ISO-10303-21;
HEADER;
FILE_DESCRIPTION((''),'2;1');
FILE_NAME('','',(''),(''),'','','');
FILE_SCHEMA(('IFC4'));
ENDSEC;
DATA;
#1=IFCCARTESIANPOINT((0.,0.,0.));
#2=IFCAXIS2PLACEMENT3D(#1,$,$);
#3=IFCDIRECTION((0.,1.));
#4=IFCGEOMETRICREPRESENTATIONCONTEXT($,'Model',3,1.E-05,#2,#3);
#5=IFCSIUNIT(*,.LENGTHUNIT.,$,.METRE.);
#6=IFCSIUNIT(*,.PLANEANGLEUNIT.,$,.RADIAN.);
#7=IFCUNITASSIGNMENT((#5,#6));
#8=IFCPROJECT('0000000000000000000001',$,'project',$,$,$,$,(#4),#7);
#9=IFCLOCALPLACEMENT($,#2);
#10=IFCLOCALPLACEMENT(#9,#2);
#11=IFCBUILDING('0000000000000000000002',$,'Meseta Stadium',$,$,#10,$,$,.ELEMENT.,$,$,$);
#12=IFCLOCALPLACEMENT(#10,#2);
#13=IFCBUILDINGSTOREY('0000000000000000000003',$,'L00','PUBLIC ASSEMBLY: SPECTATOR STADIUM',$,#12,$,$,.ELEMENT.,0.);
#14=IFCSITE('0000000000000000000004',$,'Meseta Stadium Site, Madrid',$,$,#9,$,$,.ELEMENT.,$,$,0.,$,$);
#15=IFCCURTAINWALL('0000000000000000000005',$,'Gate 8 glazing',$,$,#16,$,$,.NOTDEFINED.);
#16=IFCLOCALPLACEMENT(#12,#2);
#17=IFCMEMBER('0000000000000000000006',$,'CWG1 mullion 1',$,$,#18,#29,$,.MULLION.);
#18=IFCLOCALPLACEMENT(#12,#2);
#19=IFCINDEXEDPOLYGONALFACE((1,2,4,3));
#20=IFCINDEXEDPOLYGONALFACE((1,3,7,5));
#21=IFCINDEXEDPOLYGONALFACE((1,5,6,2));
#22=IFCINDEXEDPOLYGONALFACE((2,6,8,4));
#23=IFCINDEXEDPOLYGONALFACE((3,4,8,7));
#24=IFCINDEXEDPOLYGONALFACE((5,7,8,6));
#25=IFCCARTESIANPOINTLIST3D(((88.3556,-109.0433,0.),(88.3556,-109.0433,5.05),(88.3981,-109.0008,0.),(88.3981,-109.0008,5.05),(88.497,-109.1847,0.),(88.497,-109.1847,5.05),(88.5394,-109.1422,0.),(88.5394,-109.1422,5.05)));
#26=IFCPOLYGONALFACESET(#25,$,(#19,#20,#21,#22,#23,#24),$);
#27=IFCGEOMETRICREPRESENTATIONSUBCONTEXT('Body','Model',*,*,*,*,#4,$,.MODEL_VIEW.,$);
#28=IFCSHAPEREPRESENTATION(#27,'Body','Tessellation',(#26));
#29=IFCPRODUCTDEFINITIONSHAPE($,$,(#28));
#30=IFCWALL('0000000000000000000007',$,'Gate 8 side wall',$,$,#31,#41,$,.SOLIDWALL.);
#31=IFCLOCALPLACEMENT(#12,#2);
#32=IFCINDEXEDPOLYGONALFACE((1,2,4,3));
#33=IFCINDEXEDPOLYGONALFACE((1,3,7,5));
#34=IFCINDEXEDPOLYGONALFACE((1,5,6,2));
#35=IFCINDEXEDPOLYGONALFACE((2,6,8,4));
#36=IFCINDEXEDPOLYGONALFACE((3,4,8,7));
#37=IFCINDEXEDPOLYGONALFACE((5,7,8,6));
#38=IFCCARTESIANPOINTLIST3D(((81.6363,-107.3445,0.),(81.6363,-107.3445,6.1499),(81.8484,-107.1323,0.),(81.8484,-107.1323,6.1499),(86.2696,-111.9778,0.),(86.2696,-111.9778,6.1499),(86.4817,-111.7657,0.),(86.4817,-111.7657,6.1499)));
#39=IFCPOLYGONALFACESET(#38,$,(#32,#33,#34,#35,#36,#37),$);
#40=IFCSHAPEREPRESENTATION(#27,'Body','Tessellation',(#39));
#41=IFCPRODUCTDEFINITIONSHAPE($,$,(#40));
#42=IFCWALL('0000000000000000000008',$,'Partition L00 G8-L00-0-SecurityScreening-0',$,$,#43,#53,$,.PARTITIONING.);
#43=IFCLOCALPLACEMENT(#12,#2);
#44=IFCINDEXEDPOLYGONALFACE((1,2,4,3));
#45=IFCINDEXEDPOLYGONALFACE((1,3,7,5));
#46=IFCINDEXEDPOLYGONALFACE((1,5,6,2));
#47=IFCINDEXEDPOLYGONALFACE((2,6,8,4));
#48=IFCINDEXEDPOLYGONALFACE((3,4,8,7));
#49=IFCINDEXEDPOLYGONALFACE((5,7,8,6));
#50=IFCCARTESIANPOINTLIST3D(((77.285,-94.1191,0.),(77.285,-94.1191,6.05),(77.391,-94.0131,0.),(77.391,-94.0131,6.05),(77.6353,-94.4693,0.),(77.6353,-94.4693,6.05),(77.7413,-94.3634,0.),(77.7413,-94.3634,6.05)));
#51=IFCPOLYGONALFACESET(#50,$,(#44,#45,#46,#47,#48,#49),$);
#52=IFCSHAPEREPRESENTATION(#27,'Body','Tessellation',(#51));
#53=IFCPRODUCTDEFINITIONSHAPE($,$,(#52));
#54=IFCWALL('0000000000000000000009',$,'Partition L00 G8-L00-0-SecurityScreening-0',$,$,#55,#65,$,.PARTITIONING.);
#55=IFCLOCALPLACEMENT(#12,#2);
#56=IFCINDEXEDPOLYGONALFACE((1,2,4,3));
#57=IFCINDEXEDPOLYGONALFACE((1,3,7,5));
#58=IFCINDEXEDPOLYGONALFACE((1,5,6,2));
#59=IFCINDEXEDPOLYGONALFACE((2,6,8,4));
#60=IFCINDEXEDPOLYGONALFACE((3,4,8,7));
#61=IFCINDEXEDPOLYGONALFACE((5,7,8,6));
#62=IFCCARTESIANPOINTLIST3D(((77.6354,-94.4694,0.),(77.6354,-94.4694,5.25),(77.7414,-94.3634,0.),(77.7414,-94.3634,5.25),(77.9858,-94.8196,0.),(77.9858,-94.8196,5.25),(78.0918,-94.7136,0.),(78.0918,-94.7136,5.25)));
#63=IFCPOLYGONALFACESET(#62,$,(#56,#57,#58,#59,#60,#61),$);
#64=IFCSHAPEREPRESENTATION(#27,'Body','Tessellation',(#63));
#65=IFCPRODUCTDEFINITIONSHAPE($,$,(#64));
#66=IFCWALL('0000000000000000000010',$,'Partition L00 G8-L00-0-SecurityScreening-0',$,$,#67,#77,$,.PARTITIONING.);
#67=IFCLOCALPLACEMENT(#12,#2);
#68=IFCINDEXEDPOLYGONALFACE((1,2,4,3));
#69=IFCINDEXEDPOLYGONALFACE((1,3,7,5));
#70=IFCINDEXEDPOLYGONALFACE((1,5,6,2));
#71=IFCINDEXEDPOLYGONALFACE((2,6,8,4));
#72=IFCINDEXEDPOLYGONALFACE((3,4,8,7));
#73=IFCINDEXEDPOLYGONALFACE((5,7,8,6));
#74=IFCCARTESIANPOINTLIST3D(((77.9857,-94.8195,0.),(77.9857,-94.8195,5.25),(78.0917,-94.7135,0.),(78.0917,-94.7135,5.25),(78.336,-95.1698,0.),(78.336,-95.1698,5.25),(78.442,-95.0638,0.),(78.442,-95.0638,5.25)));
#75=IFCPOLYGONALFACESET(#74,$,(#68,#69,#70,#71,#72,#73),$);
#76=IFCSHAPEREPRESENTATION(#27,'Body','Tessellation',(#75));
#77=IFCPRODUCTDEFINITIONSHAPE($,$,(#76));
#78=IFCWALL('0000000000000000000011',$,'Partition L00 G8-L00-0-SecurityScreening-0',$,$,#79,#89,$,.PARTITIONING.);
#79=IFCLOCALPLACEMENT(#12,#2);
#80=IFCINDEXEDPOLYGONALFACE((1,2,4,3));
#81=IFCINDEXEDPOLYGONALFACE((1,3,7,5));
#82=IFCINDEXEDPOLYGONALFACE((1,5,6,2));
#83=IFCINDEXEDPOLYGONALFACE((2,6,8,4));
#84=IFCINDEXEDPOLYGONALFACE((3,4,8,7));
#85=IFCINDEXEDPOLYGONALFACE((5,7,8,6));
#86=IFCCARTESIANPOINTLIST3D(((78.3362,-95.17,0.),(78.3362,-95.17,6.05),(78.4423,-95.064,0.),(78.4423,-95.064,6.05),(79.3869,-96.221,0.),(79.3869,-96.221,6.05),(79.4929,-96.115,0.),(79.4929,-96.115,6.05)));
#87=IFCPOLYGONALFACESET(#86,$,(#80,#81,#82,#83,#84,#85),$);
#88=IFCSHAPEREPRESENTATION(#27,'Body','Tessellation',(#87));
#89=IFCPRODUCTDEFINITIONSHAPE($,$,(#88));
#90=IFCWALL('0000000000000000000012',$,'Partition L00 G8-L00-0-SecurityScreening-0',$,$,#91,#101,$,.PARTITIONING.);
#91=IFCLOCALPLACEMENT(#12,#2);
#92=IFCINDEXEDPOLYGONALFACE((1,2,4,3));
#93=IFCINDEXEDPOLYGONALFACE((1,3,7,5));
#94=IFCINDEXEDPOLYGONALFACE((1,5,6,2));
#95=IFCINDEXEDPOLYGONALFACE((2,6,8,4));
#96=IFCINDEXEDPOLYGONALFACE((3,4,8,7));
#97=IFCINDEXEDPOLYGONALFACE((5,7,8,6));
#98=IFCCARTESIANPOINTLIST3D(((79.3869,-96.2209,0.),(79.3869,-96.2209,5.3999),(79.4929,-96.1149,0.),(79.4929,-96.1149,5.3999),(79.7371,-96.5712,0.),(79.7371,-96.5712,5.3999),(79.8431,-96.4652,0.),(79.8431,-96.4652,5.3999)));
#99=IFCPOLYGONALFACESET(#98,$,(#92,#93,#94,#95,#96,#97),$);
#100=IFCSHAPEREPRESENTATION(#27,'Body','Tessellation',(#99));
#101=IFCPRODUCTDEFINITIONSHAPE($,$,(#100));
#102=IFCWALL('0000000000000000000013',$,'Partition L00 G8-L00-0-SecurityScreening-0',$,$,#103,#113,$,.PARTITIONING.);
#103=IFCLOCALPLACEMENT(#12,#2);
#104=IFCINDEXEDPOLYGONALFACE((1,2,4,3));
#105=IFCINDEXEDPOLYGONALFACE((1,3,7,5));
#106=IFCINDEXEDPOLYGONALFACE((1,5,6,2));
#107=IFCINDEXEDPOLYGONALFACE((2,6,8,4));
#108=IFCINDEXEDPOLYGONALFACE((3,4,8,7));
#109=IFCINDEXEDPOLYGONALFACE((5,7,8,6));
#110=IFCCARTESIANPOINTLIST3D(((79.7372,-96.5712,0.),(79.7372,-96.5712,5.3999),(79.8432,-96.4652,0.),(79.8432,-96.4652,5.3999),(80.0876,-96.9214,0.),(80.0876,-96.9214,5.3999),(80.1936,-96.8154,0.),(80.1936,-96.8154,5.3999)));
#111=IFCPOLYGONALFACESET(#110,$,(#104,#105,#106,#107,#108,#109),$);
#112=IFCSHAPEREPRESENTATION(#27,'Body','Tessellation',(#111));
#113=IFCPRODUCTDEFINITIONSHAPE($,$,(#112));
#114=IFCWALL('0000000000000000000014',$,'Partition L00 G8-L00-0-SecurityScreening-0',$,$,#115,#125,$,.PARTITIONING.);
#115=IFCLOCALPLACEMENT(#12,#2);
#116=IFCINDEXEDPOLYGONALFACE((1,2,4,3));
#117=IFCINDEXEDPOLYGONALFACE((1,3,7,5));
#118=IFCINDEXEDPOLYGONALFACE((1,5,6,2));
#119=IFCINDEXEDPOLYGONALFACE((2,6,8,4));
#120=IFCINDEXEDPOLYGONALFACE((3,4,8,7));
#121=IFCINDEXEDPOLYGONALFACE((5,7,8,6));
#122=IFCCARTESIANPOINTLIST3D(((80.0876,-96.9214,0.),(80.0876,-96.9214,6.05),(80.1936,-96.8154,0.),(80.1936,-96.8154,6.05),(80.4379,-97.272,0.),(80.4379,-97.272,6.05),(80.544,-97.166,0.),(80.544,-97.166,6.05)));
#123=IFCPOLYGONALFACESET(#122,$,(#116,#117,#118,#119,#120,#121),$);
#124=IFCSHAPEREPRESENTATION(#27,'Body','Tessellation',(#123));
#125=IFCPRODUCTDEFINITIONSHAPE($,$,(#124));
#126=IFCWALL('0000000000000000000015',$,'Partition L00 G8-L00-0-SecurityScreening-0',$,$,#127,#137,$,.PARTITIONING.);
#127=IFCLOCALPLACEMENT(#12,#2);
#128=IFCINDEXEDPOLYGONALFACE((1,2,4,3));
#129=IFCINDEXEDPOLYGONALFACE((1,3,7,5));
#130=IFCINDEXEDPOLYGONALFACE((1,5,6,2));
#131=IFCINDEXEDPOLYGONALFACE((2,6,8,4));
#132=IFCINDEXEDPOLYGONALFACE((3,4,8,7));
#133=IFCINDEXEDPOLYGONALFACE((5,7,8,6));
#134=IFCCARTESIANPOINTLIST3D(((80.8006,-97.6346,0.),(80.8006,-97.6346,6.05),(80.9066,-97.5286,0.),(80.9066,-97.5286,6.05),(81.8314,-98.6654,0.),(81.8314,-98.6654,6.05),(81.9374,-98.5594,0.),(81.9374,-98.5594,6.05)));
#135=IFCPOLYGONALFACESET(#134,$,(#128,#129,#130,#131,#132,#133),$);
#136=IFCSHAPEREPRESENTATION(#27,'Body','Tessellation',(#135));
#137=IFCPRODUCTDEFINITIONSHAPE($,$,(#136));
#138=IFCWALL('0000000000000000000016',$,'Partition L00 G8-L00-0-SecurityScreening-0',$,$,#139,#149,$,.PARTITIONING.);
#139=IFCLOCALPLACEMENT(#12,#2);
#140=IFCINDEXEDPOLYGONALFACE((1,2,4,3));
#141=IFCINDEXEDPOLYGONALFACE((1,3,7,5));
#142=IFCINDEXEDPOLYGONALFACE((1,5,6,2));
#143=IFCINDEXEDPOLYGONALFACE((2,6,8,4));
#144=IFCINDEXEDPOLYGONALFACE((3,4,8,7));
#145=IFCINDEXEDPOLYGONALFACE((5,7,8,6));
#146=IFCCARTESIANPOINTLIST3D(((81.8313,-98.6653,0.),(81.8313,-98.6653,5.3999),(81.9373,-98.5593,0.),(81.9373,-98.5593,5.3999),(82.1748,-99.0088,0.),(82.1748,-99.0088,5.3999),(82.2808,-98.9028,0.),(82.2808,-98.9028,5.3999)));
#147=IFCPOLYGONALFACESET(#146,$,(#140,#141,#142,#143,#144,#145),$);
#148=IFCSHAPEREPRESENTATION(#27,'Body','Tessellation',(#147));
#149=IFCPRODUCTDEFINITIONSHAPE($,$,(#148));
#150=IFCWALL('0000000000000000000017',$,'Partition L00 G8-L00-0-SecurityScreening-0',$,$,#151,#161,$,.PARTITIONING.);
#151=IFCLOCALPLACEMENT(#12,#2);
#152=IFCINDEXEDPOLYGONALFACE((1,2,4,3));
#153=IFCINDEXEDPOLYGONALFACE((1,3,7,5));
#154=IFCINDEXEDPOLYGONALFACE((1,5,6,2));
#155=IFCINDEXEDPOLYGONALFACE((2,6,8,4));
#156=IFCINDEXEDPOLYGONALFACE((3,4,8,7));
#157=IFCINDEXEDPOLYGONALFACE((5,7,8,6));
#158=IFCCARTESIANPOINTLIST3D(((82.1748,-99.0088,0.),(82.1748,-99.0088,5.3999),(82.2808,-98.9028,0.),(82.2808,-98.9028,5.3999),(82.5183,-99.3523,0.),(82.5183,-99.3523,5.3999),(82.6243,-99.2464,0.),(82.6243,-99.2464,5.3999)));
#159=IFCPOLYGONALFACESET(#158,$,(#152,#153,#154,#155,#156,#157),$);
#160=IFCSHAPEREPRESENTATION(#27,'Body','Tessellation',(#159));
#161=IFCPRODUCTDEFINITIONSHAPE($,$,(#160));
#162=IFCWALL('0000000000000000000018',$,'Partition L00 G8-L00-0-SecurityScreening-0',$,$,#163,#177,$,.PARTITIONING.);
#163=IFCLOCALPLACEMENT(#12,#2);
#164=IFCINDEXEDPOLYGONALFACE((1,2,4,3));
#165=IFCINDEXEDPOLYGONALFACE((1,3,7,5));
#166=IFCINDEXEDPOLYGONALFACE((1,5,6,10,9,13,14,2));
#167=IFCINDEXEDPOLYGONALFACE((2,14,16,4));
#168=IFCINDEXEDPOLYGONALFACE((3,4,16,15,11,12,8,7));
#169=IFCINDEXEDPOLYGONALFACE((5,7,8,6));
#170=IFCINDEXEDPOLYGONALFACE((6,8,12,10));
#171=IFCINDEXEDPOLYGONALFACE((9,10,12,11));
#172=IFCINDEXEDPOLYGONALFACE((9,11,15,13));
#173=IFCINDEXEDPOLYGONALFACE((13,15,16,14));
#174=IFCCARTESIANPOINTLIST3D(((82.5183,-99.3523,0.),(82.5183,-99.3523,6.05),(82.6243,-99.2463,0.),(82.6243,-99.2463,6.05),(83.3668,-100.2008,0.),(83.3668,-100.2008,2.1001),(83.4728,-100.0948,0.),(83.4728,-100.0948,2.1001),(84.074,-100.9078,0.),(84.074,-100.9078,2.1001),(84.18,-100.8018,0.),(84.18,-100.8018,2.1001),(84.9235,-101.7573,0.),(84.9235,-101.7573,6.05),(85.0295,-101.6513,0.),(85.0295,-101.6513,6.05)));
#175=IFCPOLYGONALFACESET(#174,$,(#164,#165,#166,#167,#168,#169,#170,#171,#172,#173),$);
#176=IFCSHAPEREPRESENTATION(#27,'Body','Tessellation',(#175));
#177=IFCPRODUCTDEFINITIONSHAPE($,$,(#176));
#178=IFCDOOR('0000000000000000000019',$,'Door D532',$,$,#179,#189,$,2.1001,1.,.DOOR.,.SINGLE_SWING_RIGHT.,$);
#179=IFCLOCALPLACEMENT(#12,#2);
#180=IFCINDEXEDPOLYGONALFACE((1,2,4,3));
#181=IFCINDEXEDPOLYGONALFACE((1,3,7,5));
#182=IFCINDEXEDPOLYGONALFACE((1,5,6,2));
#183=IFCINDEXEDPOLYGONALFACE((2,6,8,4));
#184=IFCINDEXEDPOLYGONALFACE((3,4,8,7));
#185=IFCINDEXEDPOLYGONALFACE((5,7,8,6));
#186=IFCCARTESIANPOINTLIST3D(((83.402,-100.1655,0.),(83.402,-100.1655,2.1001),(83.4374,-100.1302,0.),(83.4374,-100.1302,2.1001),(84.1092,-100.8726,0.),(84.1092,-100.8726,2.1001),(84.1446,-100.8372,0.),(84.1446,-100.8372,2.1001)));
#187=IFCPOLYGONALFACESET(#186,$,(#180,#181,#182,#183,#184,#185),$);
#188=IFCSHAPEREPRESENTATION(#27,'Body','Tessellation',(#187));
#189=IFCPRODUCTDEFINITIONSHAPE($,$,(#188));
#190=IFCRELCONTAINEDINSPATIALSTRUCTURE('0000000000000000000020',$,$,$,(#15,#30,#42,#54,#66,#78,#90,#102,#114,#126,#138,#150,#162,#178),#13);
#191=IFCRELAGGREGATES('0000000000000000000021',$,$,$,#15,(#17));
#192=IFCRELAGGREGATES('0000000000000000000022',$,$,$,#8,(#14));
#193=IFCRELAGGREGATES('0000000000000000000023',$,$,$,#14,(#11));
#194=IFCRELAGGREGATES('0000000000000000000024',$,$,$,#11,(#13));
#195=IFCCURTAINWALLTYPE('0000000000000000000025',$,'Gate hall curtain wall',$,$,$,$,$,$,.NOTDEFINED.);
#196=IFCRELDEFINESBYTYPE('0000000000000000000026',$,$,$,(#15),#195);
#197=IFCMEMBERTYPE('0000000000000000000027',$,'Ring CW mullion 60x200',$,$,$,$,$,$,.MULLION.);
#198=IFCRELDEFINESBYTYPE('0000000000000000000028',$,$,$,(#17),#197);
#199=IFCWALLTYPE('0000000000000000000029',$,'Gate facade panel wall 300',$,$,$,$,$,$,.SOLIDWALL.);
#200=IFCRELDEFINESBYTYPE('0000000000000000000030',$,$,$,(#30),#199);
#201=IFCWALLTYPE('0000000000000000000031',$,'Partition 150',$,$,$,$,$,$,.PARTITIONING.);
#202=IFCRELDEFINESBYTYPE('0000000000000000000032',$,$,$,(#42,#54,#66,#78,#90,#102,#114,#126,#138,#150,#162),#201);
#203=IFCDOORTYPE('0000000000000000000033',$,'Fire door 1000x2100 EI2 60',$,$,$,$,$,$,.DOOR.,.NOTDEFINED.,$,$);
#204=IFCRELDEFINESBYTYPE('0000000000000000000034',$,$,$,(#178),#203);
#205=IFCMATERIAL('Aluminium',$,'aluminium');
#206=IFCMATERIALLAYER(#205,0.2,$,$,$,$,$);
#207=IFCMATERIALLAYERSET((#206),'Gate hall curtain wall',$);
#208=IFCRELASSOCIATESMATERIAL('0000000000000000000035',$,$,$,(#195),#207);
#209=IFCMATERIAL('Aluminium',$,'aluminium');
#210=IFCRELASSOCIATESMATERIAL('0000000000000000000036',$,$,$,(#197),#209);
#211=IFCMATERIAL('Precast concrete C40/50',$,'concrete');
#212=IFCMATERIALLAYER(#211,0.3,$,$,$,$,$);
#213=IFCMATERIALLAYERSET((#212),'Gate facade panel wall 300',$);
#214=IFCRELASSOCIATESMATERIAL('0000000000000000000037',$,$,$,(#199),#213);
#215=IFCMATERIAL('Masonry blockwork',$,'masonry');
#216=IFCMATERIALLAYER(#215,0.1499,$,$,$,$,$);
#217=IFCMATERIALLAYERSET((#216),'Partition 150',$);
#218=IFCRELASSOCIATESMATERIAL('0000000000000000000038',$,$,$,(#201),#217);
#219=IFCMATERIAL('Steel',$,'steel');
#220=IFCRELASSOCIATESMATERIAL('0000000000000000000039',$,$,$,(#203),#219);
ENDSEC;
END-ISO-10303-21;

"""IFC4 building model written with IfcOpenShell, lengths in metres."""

from ifc_helpers import new_model, si_unit, direction, frame, frame_2d, origin, origin_2d, place, context, subcontext, project, spatial, rectangle, extrude, material, layer, layer_set, material_profile, profile_set, type_object, element, fill, aggregate, save


model = new_model("IFC4")

# Units and contexts
model_context = context("Model", 3, precision=1e-05, world=origin(), true_north=direction((0.0, 1.0)))
body_context = subcontext(model_context, "Body", "Model", "MODEL_VIEW")
ifc_project = project(units=[si_unit("LENGTHUNIT", "METRE"), si_unit("PLANEANGLEUNIT", "RADIAN")], contexts=[model_context])

# Site, building, storey
site_placement = place(None, origin())
site = spatial("IfcSite", under=ifc_project, at=site_placement, Name="Meseta Stadium Site, Madrid", CompositionType="ELEMENT", RefElevation=0.0)
building_placement = place(site_placement, origin())
building = spatial("IfcBuilding", under=site, at=building_placement, Name="Meseta Stadium", CompositionType="ELEMENT")
storey_placement = place(building_placement, origin())
storey = spatial("IfcBuildingStorey", under=building, at=storey_placement, Name="L00", Description="PUBLIC ASSEMBLY: SPECTATOR STADIUM", CompositionType="ELEMENT", Elevation=0.0)

# Curtain wall, member
ifc_material_1 = material(Name="Aluminium", Category="aluminium")
ifc_layer_1 = layer(ifc_material_1, 0.2)
ifc_layer_set_1 = layer_set([ifc_layer_1], Name="Gate hall curtain wall")
curtain_wall_type = type_object("IfcCurtainWallType", Name="Gate hall curtain wall", PredefinedType="NOTDEFINED", material=ifc_layer_set_1)
curtain_wall_placement = place(storey_placement, origin())
curtain_wall = element("IfcCurtainWall", 1, at=curtain_wall_placement, inside=storey, type_object=curtain_wall_type, Name="Gate 8 glazing", PredefinedType="NOTDEFINED")
ifc_material_2 = material(Name="Aluminium", Category="aluminium")
ifc_material_profile_1 = material_profile(ifc_material_2, rectangle(XDim=0.2, YDim=0.0601, at=origin_2d()), Name="CW 200x60")
ifc_profile_set_1 = profile_set([ifc_material_profile_1], Name="Aluminium")
member_type = type_object("IfcMemberType", Name="Ring CW mullion 60x200", PredefinedType="MULLION", material=ifc_profile_set_1)
member_placement = place(storey_placement, frame((88.4475, -109.0928, 0.0), z_axis=(0.0, 0.0, 1.0), x_axis=(-0.707107, 0.707107, 0.0)))
member = element("IfcMember", 2, at=member_placement, type_object=member_type, Name="CWG1 mullion 1", PredefinedType="MULLION", context=body_context, shape_type="SweptSolid", body=[
    extrude(rectangle(XDim=0.2, YDim=0.0601, at=origin_2d()), origin(), (0.0, 0.0, 1.0), 5.05),
])
aggregate(curtain_wall, [member])

# Walls
ifc_material_3 = material(Name="Precast concrete C40/50", Category="concrete")
ifc_layer_2 = layer(ifc_material_3, 0.3)
ifc_layer_set_2 = layer_set([ifc_layer_2], Name="Gate facade panel wall 300")
wall_type_1 = type_object("IfcWallType", Name="Gate facade panel wall 300", PredefinedType="SOLIDWALL", material=ifc_layer_set_2)
wall_1_placement = place(storey_placement, frame((86.3757, -111.8718, 0.0), z_axis=(0.0, 0.0, 1.0), x_axis=(-0.707107, 0.707107, 0.0)))
element("IfcWall", 3, at=wall_1_placement, inside=storey, type_object=wall_type_1, Name="Gate 8 side wall", PredefinedType="SOLIDWALL", context=body_context, shape_type="SweptSolid", body=[
    extrude(rectangle(XDim=6.5525, YDim=0.3, at=frame_2d((3.2764, 0.0))), origin(), (0.0, 0.0, 1.0), 6.1499),
])
ifc_material_4 = material(Name="Masonry blockwork", Category="masonry")
ifc_layer_3 = layer(ifc_material_4, 0.1499)
ifc_layer_set_3 = layer_set([ifc_layer_3], Name="Partition 150")
wall_type_2 = type_object("IfcWallType", Name="Partition 150", PredefinedType="PARTITIONING", material=ifc_layer_set_3)
wall_2_placement = place(storey_placement, frame((77.3381, -94.0662, 0.0), z_axis=(0.0, 0.0, 1.0), x_axis=(0.707107, -0.707107, 0.0)))
element("IfcWall", 4, at=wall_2_placement, inside=storey, type_object=wall_type_2, Name="Partition L00 G8-L00-0-SecurityScreening-0", PredefinedType="PARTITIONING", context=body_context, shape_type="SweptSolid", body=[
    extrude(rectangle(XDim=0.4954, YDim=0.1499, at=frame_2d((0.2476, 0.0))), origin(), (0.0, 0.0, 1.0), 6.05),
])
for number, where, z_axis, x_axis, name in (
    (5, (77.6885, -94.4165, 0.0), (0.0, 0.0, 1.0), (0.707353, -0.70686, 0.0), "Partition L00 G8-L00-0-SecurityScreening-0"),
    (6, (78.0388, -94.7666, 0.0), (0.0, 0.0, 1.0), (0.707107, -0.707107, 0.0), "Partition L00 G8-L00-0-SecurityScreening-0"),
):
    element("IfcWall", number, at=place(storey_placement, frame(where, z_axis=z_axis, x_axis=x_axis)), inside=storey, type_object=wall_type_2, Name=name, PredefinedType="PARTITIONING", context=body_context, shape_type="SweptSolid", body=[
        extrude(rectangle(XDim=0.4954, YDim=0.1499, at=frame_2d((0.2476, 0.0))), origin(), (0.0, 0.0, 1.0), 5.25),
    ])
wall_3_placement = place(storey_placement, frame((78.3892, -95.1169, 0.0), z_axis=(0.0, 0.0, 1.0), x_axis=(0.707025, -0.707189, 0.0)))
element("IfcWall", 7, at=wall_3_placement, inside=storey, type_object=wall_type_2, Name="Partition L00 G8-L00-0-SecurityScreening-0", PredefinedType="PARTITIONING", context=body_context, shape_type="SweptSolid", body=[
    extrude(rectangle(XDim=1.4861, YDim=0.1499, at=frame_2d((0.7432, 0.0))), origin(), (0.0, 0.0, 1.0), 6.05),
])
for number, where, z_axis, x_axis, name in (
    (8, (79.4399, -96.168, 0.0), (0.0, 0.0, 1.0), (0.707107, -0.707107, 0.0), "Partition L00 G8-L00-0-SecurityScreening-0"),
    (9, (79.7903, -96.5183, 0.0), (0.0, 0.0, 1.0), (0.707353, -0.70686, 0.0), "Partition L00 G8-L00-0-SecurityScreening-0"),
):
    element("IfcWall", number, at=place(storey_placement, frame(where, z_axis=z_axis, x_axis=x_axis)), inside=storey, type_object=wall_type_2, Name=name, PredefinedType="PARTITIONING", context=body_context, shape_type="SweptSolid", body=[
        extrude(rectangle(XDim=0.4954, YDim=0.1499, at=frame_2d((0.2476, 0.0))), origin(), (0.0, 0.0, 1.0), 5.3999),
    ])
wall_4_placement = place(storey_placement, frame((80.1406, -96.8684, 0.0), z_axis=(0.0, 0.0, 1.0), x_axis=(0.70686, -0.707353, 0.0)))
element("IfcWall", 10, at=wall_4_placement, inside=storey, type_object=wall_type_2, Name="Partition L00 G8-L00-0-SecurityScreening-0", PredefinedType="PARTITIONING", context=body_context, shape_type="SweptSolid", body=[
    extrude(rectangle(XDim=0.4956, YDim=0.1499, at=frame_2d((0.2478, 0.0))), origin(), (0.0, 0.0, 1.0), 6.05),
])
wall_5_placement = place(storey_placement, frame((80.8535, -97.5815, 0.0), z_axis=(0.0, 0.0, 1.0), x_axis=(0.707107, -0.707107, 0.0)))
element("IfcWall", 11, at=wall_5_placement, inside=storey, type_object=wall_type_2, Name="Partition L00 G8-L00-0-SecurityScreening-0", PredefinedType="PARTITIONING", context=body_context, shape_type="SweptSolid", body=[
    extrude(rectangle(XDim=1.4578, YDim=0.1499, at=frame_2d((0.729, 0.0))), origin(), (0.0, 0.0, 1.0), 6.05),
])
for number, where, z_axis, x_axis, name in (
    (12, (81.8843, -98.6123, 0.0), (0.0, 0.0, 1.0), (0.707107, -0.707107, 0.0), "Partition L00 G8-L00-0-SecurityScreening-0"),
    (13, (82.2278, -98.9558, 0.0), (0.0, 0.0, 1.0), (0.707107, -0.707107, 0.0), "Partition L00 G8-L00-0-SecurityScreening-0"),
):
    element("IfcWall", number, at=place(storey_placement, frame(where, z_axis=z_axis, x_axis=x_axis)), inside=storey, type_object=wall_type_2, Name=name, PredefinedType="PARTITIONING", context=body_context, shape_type="SweptSolid", body=[
        extrude(rectangle(XDim=0.4858, YDim=0.1499, at=frame_2d((0.2429, 0.0))), origin(), (0.0, 0.0, 1.0), 5.3999),
    ])

# Wall, opening, door
wall_6_placement = place(storey_placement, frame((82.5713, -99.2993, 0.0), z_axis=(0.0, 0.0, 1.0), x_axis=(0.707143, -0.707071, 0.0)))
wall_6 = element("IfcWall", 14, at=wall_6_placement, inside=storey, type_object=wall_type_2, Name="Partition L00 G8-L00-0-SecurityScreening-0", PredefinedType="PARTITIONING", context=body_context, shape_type="SweptSolid", body=[
    extrude(rectangle(XDim=3.4014, YDim=0.1499, at=frame_2d((1.7007, 0.0))), origin(), (0.0, 0.0, 1.0), 6.05),
])
opening_1_placement = place(wall_6_placement, frame((1.2, 0.0, 0.0)))
opening_1 = element("IfcOpeningElement", 15, at=opening_1_placement, cuts=wall_6, PredefinedType="OPENING", context=body_context, shape_type="SweptSolid", body=[
    extrude(rectangle(XDim=1.0, YDim=2.1001, at=frame_2d((0.5, 1.05))), frame((0.0, 0.085, 0.0), z_axis=(0.0, -1.0, 0.0), x_axis=(1.0, 0.0, 0.0)), (0.0, 0.0, 1.0), 0.1699),
])
ifc_material_5 = material(Name="Steel", Category="steel")
door_type_1 = type_object("IfcDoorType", Name="Fire door 1000x2100 EI2 60", OperationType="NOTDEFINED", PredefinedType="DOOR", material=ifc_material_5)
door_1_placement = place(opening_1_placement, origin())
door_1 = element("IfcDoor", 16, at=door_1_placement, inside=storey, type_object=door_type_1, Name="Door D532", OperationType="SINGLE_SWING_RIGHT", OverallHeight=2.1001, OverallWidth=1.0, PredefinedType="DOOR", context=body_context, shape_type="SweptSolid", body=[
    extrude(rectangle(XDim=1.0, YDim=2.1001, at=frame_2d((0.5, 1.05))), frame((0.0, 0.0249, 0.0), z_axis=(0.0, -1.0, 0.0), x_axis=(1.0, 0.0, 0.0)), (0.0, 0.0, 1.0), 0.05),
])
fill(opening_1, door_1)

save(model, "model.ifc")
